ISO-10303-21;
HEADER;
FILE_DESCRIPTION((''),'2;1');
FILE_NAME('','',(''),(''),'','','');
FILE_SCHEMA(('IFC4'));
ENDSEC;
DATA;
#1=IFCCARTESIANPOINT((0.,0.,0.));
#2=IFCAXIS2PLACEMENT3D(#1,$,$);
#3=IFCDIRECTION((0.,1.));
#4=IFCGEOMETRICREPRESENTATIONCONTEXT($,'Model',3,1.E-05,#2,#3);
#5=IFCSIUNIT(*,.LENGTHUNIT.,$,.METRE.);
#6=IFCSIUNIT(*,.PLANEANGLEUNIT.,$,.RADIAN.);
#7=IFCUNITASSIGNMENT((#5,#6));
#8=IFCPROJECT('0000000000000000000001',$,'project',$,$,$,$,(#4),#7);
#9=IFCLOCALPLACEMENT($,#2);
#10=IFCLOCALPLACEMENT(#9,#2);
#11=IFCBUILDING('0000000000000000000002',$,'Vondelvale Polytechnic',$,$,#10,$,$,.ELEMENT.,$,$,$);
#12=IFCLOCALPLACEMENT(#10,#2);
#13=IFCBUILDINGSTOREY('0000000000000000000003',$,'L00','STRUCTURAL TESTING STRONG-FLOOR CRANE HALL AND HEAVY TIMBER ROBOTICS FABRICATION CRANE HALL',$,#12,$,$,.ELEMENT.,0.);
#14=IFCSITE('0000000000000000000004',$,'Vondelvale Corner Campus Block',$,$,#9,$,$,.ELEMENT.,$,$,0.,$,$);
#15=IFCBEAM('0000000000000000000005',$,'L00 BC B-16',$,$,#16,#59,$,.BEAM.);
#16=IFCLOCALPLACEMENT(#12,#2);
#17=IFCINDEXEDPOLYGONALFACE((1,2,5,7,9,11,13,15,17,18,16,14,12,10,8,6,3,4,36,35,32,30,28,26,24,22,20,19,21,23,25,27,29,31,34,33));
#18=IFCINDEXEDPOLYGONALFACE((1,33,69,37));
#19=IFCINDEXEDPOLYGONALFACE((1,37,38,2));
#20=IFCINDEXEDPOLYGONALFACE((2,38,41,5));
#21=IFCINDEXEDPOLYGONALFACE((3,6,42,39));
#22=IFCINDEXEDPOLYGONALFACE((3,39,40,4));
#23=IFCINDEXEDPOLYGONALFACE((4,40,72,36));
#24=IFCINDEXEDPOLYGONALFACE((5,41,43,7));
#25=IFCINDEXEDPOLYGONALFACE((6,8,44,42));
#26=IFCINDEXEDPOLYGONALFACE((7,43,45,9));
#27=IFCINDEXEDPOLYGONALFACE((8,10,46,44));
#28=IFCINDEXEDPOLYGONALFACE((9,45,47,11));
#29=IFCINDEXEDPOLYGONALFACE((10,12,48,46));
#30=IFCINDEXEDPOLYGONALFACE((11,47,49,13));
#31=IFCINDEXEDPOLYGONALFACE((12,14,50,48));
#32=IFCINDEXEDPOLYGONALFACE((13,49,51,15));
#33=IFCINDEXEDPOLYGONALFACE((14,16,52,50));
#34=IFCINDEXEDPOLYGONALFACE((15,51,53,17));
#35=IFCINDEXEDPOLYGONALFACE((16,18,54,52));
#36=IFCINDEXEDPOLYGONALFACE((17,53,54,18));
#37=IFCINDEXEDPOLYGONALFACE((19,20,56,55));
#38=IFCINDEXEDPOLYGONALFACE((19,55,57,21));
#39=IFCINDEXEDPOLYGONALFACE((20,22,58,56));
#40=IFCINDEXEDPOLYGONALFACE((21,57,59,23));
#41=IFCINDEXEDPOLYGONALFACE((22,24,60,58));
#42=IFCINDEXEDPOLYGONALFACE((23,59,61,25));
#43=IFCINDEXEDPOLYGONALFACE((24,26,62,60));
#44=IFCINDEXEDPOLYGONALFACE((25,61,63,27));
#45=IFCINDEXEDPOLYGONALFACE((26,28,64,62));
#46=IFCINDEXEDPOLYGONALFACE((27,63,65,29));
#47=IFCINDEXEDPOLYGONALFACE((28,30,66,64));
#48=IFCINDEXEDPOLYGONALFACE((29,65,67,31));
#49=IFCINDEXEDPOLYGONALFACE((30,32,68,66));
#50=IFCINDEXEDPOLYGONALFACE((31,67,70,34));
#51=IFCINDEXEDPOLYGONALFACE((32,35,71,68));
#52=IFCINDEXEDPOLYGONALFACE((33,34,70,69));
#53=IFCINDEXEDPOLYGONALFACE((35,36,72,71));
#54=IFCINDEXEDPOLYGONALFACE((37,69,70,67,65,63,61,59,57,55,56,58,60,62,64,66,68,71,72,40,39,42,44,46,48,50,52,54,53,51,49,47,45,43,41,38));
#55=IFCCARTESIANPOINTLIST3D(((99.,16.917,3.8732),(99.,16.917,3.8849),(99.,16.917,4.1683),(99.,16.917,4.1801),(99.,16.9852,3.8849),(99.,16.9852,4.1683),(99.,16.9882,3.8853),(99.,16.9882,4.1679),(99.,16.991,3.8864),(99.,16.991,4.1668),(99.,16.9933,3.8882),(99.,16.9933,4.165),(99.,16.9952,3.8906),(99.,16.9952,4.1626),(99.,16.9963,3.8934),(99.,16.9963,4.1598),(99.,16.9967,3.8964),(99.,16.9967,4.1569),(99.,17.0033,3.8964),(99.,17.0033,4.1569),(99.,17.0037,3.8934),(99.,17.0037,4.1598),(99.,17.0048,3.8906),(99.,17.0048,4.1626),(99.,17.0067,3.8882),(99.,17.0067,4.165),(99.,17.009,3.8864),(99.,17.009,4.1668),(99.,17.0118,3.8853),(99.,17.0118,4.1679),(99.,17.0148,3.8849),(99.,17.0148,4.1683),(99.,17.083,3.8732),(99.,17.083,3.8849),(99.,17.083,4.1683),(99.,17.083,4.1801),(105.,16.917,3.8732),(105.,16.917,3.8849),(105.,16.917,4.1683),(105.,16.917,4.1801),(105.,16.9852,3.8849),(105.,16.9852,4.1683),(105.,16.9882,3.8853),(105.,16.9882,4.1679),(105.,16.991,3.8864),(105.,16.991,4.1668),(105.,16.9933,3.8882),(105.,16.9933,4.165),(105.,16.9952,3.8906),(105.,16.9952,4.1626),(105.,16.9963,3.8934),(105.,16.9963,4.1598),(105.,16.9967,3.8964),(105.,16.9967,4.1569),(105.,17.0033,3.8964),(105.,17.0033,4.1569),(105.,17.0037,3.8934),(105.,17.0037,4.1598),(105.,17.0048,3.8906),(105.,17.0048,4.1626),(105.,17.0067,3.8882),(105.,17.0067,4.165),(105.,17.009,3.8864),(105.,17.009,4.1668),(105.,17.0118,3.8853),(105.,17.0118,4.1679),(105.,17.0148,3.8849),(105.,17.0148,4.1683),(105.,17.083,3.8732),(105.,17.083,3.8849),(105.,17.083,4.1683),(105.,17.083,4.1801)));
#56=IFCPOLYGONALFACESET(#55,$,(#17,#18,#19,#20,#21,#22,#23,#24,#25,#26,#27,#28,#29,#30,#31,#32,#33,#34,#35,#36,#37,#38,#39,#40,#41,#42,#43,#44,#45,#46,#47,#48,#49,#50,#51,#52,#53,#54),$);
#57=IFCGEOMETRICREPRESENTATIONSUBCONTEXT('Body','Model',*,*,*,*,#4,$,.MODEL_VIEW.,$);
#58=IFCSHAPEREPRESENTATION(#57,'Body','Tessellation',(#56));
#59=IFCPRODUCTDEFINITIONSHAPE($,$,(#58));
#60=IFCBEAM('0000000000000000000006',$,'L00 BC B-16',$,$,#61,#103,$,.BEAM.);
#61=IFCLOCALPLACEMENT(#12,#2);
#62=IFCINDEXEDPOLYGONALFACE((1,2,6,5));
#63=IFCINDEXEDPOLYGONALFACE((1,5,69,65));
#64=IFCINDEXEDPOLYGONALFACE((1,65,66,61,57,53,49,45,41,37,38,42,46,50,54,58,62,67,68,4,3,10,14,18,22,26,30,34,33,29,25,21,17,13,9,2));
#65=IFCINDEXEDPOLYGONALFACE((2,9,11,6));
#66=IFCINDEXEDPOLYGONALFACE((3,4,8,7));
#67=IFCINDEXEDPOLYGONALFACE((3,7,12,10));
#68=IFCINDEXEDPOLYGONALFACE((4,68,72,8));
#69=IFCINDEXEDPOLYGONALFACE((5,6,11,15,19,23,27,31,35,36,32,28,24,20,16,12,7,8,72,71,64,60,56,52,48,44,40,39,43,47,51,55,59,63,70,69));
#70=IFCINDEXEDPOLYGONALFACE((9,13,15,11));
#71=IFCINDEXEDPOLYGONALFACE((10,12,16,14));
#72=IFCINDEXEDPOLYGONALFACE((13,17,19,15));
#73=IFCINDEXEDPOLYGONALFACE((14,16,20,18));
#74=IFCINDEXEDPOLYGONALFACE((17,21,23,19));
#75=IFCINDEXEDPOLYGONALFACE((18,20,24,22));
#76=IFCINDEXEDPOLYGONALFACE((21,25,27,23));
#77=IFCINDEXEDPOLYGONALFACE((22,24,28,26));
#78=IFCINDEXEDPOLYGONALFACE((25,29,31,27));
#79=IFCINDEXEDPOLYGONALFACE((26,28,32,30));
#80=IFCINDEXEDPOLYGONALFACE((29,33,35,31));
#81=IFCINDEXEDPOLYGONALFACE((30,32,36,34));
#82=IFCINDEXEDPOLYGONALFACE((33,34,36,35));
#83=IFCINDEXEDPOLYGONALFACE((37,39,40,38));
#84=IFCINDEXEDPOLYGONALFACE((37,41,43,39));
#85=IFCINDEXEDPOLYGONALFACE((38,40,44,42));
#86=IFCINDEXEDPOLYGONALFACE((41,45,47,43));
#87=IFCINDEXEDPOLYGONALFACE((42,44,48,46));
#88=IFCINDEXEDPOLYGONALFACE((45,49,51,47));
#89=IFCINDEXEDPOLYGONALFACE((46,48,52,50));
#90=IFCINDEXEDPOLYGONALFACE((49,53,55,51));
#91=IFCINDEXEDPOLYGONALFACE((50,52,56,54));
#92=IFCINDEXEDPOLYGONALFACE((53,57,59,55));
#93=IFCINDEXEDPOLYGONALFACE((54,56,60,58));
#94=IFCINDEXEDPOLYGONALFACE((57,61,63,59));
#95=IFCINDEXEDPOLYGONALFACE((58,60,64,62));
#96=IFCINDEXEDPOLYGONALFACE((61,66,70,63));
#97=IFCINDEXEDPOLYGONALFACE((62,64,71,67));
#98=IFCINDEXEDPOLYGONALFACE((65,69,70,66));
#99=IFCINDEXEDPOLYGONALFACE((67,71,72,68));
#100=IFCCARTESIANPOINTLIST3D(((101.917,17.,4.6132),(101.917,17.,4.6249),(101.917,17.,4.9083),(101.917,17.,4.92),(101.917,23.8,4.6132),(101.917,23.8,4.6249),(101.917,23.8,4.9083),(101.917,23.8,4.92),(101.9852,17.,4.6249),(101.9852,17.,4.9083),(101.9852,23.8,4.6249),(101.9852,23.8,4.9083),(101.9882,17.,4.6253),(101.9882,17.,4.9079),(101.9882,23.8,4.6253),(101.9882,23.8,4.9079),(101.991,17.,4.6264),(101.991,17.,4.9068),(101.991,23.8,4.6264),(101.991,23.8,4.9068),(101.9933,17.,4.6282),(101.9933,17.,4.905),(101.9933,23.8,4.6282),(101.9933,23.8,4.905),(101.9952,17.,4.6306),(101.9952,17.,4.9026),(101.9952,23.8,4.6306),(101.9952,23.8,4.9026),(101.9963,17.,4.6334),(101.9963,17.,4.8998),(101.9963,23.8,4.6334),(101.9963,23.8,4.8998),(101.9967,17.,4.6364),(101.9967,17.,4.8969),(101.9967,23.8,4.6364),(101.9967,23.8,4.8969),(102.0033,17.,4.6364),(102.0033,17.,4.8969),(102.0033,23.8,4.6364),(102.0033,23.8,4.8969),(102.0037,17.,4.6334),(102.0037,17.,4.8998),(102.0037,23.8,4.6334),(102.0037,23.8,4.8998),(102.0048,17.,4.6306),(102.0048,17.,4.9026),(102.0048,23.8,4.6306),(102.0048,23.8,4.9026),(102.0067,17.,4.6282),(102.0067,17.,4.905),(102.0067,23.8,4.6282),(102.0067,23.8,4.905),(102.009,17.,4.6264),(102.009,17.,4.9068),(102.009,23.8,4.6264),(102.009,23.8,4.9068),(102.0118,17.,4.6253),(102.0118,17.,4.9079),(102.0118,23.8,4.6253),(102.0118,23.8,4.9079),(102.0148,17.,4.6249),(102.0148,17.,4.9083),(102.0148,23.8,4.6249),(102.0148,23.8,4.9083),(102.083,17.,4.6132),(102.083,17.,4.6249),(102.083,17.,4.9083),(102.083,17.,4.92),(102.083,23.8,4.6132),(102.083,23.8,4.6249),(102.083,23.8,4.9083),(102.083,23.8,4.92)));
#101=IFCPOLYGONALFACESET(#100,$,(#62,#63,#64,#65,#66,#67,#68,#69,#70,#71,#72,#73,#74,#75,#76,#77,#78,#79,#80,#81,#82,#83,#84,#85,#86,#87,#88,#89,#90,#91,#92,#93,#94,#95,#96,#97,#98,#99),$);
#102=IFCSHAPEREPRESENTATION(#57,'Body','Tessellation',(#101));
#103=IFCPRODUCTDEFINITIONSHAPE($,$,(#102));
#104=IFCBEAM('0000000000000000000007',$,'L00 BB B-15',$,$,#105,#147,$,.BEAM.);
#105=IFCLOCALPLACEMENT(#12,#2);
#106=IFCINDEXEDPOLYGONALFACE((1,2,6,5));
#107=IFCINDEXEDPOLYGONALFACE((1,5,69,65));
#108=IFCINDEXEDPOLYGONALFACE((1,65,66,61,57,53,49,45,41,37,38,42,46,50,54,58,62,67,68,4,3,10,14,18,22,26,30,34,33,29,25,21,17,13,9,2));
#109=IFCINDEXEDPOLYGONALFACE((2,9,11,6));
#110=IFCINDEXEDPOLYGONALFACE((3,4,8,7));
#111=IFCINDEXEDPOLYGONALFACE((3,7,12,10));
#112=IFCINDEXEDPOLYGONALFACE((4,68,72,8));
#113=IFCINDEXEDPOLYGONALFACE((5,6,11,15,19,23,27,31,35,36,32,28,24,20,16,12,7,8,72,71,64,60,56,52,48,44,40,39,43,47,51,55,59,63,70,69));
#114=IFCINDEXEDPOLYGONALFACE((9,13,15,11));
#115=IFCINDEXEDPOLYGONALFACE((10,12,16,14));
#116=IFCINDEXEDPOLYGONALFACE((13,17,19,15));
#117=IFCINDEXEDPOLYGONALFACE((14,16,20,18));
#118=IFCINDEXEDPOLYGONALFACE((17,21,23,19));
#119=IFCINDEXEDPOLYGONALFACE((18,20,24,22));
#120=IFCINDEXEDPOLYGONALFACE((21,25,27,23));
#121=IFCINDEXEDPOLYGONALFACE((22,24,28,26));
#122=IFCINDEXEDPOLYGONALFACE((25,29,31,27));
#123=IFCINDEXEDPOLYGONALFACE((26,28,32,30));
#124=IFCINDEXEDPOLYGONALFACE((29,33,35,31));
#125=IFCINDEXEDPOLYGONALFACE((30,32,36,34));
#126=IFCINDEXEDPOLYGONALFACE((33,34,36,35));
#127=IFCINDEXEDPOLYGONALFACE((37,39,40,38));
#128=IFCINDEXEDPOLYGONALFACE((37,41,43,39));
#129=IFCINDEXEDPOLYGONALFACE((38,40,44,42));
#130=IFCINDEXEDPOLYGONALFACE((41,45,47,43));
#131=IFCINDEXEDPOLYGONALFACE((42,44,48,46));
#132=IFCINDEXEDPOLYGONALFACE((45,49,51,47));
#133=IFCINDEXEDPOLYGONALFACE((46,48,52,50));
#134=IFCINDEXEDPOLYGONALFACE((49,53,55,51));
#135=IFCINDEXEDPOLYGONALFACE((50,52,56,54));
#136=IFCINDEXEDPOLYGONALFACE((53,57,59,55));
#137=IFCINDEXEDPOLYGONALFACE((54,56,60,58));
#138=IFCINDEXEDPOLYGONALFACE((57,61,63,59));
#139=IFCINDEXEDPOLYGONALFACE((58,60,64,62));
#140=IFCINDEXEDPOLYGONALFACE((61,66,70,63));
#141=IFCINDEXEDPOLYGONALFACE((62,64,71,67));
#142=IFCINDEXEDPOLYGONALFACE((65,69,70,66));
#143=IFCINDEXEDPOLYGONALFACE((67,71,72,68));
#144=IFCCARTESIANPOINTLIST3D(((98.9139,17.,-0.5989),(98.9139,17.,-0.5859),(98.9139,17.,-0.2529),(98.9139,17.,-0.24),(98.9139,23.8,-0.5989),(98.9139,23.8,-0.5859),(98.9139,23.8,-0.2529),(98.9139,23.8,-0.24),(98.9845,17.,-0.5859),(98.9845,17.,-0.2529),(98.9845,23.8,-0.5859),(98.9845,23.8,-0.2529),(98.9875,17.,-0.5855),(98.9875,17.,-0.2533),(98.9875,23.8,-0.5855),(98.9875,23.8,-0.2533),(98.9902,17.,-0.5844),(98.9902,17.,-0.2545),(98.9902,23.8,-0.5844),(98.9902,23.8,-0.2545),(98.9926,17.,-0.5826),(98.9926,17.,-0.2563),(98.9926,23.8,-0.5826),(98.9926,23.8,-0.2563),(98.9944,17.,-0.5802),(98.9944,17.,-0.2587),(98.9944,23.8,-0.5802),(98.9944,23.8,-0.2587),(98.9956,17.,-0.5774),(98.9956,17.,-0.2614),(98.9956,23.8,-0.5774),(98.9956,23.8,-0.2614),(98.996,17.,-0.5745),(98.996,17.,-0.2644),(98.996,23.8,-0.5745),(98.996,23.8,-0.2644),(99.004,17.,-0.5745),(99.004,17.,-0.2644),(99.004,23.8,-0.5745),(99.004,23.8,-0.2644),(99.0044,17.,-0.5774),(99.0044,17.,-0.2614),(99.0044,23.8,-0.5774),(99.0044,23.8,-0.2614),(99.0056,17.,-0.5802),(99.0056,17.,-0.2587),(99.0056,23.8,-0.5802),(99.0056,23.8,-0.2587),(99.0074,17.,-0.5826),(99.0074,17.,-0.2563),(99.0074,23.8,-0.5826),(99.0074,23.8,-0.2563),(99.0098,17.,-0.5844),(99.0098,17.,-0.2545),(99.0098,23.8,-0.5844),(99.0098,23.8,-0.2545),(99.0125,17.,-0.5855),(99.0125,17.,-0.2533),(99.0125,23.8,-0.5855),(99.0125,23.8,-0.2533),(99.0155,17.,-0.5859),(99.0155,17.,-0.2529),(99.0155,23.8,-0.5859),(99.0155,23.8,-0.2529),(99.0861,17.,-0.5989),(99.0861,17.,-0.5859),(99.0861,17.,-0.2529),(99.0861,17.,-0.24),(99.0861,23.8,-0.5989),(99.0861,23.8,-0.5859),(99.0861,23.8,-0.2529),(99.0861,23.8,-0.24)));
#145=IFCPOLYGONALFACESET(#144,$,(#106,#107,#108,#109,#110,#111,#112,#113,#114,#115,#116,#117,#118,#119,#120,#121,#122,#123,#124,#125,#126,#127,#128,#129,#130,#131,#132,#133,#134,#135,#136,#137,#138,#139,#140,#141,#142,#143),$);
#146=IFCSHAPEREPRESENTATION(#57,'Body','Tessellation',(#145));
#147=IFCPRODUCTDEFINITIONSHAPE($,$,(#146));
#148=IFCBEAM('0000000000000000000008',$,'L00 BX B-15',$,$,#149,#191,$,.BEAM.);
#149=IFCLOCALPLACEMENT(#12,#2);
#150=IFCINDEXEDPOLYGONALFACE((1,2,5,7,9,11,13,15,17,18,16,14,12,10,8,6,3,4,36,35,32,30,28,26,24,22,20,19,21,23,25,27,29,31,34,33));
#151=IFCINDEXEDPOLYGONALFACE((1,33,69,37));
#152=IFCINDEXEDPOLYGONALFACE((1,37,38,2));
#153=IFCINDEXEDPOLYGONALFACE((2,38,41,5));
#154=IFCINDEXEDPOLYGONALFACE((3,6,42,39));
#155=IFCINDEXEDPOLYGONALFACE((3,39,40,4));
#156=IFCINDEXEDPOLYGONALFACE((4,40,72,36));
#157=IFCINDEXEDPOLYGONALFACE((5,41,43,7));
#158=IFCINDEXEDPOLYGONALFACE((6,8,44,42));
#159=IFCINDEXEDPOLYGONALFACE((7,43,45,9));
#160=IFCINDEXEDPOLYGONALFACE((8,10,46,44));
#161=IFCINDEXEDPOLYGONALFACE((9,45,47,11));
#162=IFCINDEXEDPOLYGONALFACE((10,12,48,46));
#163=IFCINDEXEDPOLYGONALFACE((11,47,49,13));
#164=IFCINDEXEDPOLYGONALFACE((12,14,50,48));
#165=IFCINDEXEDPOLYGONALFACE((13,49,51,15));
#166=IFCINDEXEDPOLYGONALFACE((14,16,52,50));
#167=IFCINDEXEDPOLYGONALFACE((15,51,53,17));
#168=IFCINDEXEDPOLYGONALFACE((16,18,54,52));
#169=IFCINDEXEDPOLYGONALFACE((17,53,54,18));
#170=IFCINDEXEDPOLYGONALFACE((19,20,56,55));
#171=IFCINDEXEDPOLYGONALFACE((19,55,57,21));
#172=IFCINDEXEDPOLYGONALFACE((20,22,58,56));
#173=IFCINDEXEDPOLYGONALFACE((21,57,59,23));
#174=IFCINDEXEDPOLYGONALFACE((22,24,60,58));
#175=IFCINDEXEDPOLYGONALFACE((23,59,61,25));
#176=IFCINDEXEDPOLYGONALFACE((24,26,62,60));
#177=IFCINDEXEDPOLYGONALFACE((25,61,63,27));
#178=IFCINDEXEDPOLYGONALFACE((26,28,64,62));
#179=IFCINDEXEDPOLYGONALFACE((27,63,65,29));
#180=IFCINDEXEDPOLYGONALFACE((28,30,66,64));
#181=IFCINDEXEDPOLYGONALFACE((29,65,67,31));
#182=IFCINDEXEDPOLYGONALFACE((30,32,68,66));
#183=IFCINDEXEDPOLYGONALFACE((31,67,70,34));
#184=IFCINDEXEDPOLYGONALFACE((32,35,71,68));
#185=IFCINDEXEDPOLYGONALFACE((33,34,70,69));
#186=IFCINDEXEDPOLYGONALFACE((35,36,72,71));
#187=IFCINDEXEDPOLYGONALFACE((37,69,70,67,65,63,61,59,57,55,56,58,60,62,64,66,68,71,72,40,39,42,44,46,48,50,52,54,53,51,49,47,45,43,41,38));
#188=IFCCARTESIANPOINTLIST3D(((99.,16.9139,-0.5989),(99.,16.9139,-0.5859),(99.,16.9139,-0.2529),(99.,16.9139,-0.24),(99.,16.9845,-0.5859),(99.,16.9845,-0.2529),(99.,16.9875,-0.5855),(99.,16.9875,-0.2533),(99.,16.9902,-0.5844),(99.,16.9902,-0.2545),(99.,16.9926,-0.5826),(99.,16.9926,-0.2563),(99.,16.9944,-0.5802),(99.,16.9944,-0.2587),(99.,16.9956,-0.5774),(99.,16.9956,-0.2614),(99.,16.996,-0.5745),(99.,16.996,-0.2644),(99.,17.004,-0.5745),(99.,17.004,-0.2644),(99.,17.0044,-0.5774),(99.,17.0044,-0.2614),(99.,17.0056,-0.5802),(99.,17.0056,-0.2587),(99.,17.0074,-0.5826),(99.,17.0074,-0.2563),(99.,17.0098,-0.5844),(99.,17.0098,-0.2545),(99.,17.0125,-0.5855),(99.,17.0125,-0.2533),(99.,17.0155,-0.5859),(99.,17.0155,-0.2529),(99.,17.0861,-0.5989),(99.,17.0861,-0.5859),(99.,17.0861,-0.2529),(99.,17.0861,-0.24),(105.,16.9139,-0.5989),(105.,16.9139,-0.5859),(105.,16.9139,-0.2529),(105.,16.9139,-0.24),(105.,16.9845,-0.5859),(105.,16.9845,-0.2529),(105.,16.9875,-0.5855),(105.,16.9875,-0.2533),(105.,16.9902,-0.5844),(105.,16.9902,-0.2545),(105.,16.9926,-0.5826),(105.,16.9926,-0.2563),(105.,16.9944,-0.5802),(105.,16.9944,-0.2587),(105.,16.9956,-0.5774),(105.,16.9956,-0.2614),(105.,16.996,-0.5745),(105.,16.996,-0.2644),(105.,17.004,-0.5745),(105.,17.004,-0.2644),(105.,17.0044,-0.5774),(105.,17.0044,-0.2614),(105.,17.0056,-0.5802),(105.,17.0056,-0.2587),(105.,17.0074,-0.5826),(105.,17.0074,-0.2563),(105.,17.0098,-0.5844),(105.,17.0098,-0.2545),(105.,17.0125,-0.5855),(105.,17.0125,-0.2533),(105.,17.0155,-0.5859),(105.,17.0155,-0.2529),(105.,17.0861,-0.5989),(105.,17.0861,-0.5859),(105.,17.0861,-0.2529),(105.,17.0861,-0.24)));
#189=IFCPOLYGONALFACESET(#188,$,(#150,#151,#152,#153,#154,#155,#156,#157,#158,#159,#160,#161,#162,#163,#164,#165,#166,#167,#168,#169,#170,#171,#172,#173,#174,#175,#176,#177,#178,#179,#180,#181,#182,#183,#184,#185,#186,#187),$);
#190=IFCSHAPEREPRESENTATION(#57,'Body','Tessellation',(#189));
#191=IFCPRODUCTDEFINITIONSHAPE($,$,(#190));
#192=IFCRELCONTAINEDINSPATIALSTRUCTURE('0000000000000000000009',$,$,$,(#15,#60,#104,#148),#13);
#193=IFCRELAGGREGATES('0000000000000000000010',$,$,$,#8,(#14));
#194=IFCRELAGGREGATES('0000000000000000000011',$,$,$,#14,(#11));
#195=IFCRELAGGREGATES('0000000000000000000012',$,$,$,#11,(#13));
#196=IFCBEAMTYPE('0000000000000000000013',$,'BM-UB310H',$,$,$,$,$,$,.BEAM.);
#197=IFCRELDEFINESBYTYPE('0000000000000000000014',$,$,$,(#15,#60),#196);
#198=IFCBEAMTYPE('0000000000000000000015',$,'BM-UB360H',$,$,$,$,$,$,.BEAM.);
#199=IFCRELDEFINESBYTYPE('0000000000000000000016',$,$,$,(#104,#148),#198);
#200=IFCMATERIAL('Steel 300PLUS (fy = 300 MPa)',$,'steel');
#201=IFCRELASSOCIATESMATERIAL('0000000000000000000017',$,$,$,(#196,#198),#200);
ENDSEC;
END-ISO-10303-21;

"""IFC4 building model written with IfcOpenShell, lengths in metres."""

from ifc_helpers import new_model, si_unit, direction, frame, origin, origin_2d, place, context, subcontext, project, spatial, i_section, extrude, material, material_profile, profile_set, type_object, element, save


model = new_model("IFC4")

# Units and contexts
model_context = context("Model", 3, precision=1e-05, world=origin(), true_north=direction((0.0, 1.0)))
body_context = subcontext(model_context, "Body", "Model", "MODEL_VIEW")
ifc_project = project(units=[si_unit("LENGTHUNIT", "METRE"), si_unit("PLANEANGLEUNIT", "RADIAN")], contexts=[model_context])

# Site, building, storey
site_placement = place(None, origin())
site = spatial("IfcSite", under=ifc_project, at=site_placement, Name="Vondelvale Corner Campus Block", CompositionType="ELEMENT", RefElevation=0.0)
building_placement = place(site_placement, origin())
building = spatial("IfcBuilding", under=site, at=building_placement, Name="Vondelvale Polytechnic", CompositionType="ELEMENT")
storey_placement = place(building_placement, origin())
storey = spatial("IfcBuildingStorey", under=building, at=storey_placement, Name="L00", Description="STRUCTURAL TESTING STRONG-FLOOR CRANE HALL AND HEAVY TIMBER ROBOTICS FABRICATION CRANE HALL", CompositionType="ELEMENT", Elevation=0.0)

# Shared definitions
ifc_material_1 = material(Name="Steel 300PLUS (fy = 300 MPa)", Category="steel")

# Beams
ifc_material_profile_1 = material_profile(ifc_material_1, i_section(OverallWidth=0.166, OverallDepth=0.3069, WebThickness=0.0066, FlangeThickness=0.0117, FilletRadius=0.0115, at=origin_2d()), Name="310UB46.2")
ifc_profile_set_1 = profile_set([ifc_material_profile_1], Name="Steel 300PLUS (fy = 300 MPa)")
beam_type_1 = type_object("IfcBeamType", Name="BM-UB310H", PredefinedType="BEAM", material=ifc_profile_set_1)
beam_1_placement = place(storey_placement, frame((99.0, 17.0, 4.0266), z_axis=(1.0, 0.0, 0.0), x_axis=(0.0, 1.0, 0.0)))
element("IfcBeam", 1, at=beam_1_placement, inside=storey, type_object=beam_type_1, Name="L00 BC B-16", PredefinedType="BEAM", context=body_context, shape_type="SweptSolid", body=[
    extrude(i_section(OverallWidth=0.166, OverallDepth=0.3069, WebThickness=0.0066, FlangeThickness=0.0117, FilletRadius=0.0115, at=origin_2d()), origin(), (0.0, 0.0, 1.0), 6.0),
])
beam_2_placement = place(storey_placement, frame((102.0, 17.0, 4.7666), z_axis=(0.0, 1.0, 0.0), x_axis=(-1.0, 0.0, 0.0)))
element("IfcBeam", 2, at=beam_2_placement, inside=storey, type_object=beam_type_1, Name="L00 BC B-16", PredefinedType="BEAM", context=body_context, shape_type="SweptSolid", body=[
    extrude(i_section(OverallWidth=0.166, OverallDepth=0.3069, WebThickness=0.0066, FlangeThickness=0.0117, FilletRadius=0.0115, at=origin_2d()), origin(), (0.0, 0.0, 1.0), 6.8),
])
ifc_material_profile_2 = material_profile(ifc_material_1, i_section(OverallWidth=0.1721, OverallDepth=0.3589, WebThickness=0.0081, FlangeThickness=0.0129, FilletRadius=0.0115, at=origin_2d()), Name="360UB56.7")
ifc_profile_set_2 = profile_set([ifc_material_profile_2], Name="Steel 300PLUS (fy = 300 MPa)")
beam_type_2 = type_object("IfcBeamType", Name="BM-UB360H", PredefinedType="BEAM", material=ifc_profile_set_2)
beam_3_placement = place(storey_placement, frame((99.0, 17.0, -0.4194), z_axis=(0.0, 1.0, 0.0), x_axis=(-1.0, 0.0, 0.0)))
element("IfcBeam", 3, at=beam_3_placement, inside=storey, type_object=beam_type_2, Name="L00 BB B-15", PredefinedType="BEAM", context=body_context, shape_type="SweptSolid", body=[
    extrude(i_section(OverallWidth=0.1721, OverallDepth=0.3589, WebThickness=0.0081, FlangeThickness=0.0129, FilletRadius=0.0115, at=origin_2d()), origin(), (0.0, 0.0, 1.0), 6.8),
])
beam_4_placement = place(storey_placement, frame((99.0, 17.0, -0.4194), z_axis=(1.0, 0.0, 0.0), x_axis=(0.0, 1.0, 0.0)))
element("IfcBeam", 4, at=beam_4_placement, inside=storey, type_object=beam_type_2, Name="L00 BX B-15", PredefinedType="BEAM", context=body_context, shape_type="SweptSolid", body=[
    extrude(i_section(OverallWidth=0.1721, OverallDepth=0.3589, WebThickness=0.0081, FlangeThickness=0.0129, FilletRadius=0.0115, at=origin_2d()), origin(), (0.0, 0.0, 1.0), 6.0),
])

save(model, "model.ifc")
